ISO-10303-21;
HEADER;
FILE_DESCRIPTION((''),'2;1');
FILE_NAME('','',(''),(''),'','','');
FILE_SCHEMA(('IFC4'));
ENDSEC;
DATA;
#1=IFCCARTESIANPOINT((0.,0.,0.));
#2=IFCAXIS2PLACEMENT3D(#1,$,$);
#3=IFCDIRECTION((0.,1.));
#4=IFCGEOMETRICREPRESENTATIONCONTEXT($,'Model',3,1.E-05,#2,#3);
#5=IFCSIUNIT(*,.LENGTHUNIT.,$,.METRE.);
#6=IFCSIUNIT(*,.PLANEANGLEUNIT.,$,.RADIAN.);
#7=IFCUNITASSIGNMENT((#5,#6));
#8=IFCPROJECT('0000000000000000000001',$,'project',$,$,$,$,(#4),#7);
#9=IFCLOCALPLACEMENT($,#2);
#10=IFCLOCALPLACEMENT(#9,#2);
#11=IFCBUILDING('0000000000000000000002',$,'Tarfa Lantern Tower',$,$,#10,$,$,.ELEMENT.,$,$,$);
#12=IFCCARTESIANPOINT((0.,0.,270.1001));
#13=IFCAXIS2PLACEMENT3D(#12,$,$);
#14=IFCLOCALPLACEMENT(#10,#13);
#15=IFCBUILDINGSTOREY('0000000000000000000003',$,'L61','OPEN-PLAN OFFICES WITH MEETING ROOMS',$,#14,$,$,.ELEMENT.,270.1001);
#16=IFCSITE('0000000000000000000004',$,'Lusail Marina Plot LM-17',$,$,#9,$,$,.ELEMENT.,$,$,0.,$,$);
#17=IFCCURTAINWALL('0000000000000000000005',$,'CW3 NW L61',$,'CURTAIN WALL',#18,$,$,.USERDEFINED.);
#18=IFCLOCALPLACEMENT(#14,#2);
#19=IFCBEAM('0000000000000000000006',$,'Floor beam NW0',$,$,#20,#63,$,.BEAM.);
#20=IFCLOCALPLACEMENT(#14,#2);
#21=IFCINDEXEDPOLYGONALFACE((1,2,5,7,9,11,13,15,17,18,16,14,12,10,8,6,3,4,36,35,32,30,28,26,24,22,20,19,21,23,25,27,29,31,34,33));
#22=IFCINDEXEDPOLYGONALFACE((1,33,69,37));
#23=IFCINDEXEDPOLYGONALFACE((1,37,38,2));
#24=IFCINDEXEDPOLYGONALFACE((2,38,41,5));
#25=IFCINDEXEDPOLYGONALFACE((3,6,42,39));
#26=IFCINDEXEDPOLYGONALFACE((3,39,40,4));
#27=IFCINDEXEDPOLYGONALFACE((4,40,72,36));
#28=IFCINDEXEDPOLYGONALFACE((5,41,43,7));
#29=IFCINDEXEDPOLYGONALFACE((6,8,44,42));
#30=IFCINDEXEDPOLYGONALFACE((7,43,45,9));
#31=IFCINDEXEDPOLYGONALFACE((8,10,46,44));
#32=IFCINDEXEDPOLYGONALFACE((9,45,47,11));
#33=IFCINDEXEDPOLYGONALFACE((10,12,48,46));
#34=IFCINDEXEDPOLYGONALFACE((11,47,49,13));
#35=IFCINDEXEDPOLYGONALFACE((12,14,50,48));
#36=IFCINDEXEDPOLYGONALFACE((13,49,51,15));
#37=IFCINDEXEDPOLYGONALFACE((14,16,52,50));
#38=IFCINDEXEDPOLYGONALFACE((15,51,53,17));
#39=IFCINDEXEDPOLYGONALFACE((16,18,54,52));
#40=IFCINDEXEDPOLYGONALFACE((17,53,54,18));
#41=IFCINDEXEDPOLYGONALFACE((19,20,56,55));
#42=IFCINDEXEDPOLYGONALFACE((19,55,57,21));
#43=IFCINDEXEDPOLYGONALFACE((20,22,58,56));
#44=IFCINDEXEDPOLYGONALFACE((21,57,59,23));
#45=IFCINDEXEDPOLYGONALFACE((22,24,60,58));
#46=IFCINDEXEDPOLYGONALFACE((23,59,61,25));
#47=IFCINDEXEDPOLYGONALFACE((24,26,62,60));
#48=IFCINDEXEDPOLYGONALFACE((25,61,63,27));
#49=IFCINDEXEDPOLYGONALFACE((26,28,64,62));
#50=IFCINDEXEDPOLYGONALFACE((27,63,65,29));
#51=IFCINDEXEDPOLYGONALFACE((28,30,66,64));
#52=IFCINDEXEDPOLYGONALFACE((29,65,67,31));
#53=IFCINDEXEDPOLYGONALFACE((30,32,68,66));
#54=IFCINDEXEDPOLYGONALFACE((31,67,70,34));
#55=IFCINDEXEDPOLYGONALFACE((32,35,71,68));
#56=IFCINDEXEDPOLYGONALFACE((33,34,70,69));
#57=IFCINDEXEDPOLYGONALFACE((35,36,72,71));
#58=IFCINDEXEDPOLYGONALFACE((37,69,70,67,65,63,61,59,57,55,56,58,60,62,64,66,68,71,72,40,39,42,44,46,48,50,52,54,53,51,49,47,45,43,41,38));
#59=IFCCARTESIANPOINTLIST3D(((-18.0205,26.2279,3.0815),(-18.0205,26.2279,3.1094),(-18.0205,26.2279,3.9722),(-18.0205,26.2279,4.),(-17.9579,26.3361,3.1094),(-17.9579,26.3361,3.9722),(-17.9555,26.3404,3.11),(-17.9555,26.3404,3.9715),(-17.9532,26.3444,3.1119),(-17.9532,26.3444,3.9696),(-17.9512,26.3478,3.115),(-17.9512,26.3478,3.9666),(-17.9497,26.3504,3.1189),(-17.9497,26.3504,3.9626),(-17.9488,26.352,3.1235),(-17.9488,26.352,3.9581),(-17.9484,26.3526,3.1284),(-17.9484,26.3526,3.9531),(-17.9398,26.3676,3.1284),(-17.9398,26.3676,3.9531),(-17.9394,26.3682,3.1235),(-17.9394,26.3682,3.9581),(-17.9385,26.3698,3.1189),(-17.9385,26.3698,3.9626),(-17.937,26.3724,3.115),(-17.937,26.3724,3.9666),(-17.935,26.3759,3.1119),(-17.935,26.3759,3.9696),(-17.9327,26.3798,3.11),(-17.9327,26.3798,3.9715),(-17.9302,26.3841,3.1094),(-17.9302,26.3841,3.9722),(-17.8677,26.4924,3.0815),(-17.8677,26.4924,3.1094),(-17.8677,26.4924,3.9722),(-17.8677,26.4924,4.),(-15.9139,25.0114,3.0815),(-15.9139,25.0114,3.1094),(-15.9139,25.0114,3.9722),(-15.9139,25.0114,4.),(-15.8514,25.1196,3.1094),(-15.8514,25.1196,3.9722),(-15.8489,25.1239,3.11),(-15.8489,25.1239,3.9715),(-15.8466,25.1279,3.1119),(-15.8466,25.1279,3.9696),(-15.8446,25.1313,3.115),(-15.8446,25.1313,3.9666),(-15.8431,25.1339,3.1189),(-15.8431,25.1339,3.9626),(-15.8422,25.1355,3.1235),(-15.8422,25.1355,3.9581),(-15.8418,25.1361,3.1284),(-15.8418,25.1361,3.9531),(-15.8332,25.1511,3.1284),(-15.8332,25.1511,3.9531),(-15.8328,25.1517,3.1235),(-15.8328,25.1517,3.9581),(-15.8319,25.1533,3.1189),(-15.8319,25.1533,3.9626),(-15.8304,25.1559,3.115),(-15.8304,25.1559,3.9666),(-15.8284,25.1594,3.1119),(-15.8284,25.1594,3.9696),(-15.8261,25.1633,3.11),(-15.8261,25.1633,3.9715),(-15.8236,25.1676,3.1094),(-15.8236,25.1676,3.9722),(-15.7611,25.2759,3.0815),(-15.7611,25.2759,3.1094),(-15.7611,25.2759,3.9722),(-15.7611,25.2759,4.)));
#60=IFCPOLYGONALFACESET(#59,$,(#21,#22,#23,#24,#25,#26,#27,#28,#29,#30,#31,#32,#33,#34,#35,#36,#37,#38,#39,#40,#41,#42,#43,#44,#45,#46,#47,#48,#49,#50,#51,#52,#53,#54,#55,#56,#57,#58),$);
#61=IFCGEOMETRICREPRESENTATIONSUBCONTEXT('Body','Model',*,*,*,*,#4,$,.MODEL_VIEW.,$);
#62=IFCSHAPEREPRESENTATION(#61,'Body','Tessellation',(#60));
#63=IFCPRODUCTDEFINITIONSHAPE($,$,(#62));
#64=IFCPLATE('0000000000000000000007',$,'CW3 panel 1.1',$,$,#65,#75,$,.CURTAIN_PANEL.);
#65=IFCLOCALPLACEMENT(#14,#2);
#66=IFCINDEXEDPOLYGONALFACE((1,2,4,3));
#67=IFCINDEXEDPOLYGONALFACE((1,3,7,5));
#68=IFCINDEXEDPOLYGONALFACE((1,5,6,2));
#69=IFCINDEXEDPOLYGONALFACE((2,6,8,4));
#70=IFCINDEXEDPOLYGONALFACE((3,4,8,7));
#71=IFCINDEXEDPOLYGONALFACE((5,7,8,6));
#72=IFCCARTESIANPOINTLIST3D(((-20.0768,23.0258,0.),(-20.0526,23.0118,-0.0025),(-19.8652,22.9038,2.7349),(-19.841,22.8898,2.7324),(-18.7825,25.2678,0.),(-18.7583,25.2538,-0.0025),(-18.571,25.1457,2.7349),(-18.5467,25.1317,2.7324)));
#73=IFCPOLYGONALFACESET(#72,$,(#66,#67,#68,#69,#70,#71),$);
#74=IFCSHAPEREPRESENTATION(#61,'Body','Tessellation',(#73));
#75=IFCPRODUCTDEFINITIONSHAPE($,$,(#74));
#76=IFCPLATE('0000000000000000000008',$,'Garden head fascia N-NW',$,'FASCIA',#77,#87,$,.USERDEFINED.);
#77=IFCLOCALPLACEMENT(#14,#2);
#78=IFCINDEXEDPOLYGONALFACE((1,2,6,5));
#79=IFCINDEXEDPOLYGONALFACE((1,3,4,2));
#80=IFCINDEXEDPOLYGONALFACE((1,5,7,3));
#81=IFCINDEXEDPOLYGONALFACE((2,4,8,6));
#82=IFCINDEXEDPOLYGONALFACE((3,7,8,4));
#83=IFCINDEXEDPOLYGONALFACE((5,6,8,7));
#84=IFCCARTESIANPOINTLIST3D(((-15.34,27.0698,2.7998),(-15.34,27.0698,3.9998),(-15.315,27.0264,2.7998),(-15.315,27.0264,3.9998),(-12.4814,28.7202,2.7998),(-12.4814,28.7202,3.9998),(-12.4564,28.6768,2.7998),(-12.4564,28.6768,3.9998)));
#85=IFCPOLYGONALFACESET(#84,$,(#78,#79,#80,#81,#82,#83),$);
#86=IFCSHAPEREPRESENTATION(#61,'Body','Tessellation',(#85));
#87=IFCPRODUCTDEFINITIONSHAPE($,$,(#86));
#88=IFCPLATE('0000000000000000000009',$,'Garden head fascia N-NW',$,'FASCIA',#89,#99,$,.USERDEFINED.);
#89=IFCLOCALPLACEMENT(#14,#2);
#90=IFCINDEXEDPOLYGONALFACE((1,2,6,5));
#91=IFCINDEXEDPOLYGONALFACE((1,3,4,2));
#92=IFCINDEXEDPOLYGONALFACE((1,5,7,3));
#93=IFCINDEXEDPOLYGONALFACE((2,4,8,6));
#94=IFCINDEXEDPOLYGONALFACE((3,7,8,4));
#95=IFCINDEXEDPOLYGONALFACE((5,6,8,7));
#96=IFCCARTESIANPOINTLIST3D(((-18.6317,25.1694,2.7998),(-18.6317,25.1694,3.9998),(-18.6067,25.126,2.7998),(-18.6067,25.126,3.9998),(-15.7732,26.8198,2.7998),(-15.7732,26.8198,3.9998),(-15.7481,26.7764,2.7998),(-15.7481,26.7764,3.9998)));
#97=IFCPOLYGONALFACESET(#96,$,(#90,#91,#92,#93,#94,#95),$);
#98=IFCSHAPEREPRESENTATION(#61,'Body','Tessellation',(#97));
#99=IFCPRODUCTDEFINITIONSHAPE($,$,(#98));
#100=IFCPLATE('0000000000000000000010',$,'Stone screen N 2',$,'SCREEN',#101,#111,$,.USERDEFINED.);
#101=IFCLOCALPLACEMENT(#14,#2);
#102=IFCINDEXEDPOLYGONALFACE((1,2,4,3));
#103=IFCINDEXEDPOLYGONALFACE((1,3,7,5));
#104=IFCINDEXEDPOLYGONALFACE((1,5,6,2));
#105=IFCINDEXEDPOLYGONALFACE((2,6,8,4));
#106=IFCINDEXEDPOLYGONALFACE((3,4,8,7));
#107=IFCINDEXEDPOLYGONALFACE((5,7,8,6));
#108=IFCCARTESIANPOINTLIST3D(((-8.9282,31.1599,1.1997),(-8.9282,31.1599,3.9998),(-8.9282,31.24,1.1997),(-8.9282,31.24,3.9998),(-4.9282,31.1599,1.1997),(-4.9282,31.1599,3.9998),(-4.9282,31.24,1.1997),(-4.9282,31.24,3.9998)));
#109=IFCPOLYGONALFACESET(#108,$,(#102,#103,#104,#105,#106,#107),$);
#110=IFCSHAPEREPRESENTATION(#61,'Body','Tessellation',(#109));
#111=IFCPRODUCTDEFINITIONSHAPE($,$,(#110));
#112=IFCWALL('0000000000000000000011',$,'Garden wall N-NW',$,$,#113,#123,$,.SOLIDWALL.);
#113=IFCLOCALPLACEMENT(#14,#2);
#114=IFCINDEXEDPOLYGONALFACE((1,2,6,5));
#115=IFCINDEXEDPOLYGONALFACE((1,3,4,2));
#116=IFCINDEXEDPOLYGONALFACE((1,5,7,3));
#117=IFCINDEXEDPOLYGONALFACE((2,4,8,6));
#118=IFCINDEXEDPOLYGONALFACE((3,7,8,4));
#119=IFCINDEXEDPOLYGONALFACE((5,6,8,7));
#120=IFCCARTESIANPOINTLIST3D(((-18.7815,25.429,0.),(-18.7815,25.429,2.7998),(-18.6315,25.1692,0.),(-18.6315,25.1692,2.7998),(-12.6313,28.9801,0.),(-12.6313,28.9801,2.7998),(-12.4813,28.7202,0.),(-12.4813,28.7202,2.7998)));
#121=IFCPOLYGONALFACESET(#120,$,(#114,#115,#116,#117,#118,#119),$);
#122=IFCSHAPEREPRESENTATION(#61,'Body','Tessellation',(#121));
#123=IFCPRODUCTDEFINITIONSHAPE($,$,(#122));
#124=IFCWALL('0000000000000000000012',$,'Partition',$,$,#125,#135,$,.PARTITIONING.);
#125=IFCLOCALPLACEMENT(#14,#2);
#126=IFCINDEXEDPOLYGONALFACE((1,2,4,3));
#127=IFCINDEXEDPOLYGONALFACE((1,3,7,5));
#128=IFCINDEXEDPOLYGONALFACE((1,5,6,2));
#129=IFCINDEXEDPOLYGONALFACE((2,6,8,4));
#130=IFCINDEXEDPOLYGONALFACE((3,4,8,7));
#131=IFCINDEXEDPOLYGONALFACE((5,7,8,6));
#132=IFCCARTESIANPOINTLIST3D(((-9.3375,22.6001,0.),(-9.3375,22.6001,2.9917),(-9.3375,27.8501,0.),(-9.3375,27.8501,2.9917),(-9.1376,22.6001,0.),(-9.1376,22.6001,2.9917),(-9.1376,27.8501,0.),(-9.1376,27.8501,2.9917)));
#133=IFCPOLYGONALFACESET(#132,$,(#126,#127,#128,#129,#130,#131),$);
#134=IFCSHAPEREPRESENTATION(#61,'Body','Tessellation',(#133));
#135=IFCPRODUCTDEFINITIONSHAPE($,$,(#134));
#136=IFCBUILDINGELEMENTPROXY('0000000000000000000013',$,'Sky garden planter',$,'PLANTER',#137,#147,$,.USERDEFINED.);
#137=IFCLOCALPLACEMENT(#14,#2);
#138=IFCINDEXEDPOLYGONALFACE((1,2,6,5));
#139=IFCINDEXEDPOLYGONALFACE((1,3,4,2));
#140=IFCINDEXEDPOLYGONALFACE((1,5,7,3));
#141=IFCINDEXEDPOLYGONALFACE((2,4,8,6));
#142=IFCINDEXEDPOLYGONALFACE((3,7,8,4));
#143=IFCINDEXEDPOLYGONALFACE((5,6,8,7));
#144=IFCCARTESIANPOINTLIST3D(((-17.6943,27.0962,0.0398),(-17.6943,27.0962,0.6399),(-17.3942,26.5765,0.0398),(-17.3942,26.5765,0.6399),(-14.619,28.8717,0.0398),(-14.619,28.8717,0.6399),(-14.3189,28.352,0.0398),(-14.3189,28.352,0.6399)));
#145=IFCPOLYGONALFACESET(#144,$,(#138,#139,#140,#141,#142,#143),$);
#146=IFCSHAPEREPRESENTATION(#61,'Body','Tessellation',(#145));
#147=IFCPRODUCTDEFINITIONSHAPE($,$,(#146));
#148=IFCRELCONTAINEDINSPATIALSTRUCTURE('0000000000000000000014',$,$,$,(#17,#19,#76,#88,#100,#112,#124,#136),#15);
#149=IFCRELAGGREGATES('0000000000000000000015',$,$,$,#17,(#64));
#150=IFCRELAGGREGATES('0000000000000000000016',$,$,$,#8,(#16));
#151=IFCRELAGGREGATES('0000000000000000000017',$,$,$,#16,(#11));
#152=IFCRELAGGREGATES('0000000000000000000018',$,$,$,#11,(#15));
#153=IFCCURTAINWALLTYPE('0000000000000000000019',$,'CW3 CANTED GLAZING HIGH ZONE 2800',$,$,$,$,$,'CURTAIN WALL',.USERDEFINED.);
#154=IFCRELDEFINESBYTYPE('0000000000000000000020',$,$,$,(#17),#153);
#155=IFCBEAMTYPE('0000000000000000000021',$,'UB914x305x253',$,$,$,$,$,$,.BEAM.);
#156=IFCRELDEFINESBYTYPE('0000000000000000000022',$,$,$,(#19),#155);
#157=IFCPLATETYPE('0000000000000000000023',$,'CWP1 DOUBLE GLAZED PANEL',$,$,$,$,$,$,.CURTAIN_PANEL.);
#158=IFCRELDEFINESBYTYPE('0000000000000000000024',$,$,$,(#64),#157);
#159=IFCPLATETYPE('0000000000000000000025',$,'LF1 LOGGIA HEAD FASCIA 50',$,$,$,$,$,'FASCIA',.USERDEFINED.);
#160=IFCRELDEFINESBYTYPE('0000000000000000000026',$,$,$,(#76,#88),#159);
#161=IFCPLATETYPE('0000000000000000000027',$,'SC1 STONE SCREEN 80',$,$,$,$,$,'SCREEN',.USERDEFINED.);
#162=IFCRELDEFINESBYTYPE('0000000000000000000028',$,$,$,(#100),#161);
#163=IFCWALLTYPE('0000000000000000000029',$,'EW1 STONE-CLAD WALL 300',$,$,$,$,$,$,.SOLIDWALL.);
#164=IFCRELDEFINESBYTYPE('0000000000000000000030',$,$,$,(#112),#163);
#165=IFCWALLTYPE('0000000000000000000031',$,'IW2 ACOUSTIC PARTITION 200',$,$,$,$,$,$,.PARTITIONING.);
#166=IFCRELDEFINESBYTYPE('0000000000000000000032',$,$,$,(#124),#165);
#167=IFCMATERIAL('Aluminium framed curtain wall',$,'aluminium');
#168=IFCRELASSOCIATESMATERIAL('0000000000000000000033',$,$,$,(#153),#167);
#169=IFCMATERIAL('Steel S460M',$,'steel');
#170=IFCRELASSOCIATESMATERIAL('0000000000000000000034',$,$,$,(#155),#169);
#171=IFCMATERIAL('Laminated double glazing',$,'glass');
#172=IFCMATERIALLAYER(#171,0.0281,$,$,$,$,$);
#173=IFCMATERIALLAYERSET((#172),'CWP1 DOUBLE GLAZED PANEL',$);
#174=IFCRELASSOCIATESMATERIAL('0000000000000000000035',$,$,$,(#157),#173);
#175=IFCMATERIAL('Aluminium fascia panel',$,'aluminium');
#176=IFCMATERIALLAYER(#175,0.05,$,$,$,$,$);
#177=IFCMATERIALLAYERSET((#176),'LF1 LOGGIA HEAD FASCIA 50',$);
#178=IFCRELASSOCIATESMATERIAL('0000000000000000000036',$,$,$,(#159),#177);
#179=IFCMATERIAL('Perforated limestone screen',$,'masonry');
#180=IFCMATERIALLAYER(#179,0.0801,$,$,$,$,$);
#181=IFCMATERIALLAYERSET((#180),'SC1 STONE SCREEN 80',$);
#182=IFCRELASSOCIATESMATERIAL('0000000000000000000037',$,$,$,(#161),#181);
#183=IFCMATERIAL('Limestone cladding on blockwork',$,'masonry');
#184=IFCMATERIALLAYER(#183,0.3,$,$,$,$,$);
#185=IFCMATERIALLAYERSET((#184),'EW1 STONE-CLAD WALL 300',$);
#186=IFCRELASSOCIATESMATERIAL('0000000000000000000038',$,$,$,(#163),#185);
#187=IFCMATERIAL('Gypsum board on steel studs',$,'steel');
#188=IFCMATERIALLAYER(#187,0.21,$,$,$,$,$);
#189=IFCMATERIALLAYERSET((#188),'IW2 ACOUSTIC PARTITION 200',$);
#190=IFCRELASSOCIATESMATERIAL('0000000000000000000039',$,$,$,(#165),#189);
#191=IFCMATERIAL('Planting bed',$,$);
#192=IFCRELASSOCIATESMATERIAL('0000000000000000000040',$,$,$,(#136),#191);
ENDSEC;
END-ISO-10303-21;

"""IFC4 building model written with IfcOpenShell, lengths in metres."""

from ifc_helpers import new_model, si_unit, direction, frame, frame_2d, origin, origin_2d, place, context, subcontext, project, spatial, polyline, rectangle, i_section, outline, extrude, material, layer, layer_set, material_profile, profile_set, type_object, element, aggregate, save


model = new_model("IFC4")

# Units and contexts
model_context = context("Model", 3, precision=1e-05, world=origin(), true_north=direction((0.0, 1.0)))
body_context = subcontext(model_context, "Body", "Model", "MODEL_VIEW")
ifc_project = project(units=[si_unit("LENGTHUNIT", "METRE"), si_unit("PLANEANGLEUNIT", "RADIAN")], contexts=[model_context])

# Site, building, storey
site_placement = place(None, origin())
site = spatial("IfcSite", under=ifc_project, at=site_placement, Name="Lusail Marina Plot LM-17", CompositionType="ELEMENT", RefElevation=0.0)
building_placement = place(site_placement, origin())
building = spatial("IfcBuilding", under=site, at=building_placement, Name="Tarfa Lantern Tower", CompositionType="ELEMENT")
storey_placement = place(building_placement, frame((0.0, 0.0, 270.1001)))
storey = spatial("IfcBuildingStorey", under=building, at=storey_placement, Name="L61", Description="OPEN-PLAN OFFICES WITH MEETING ROOMS", CompositionType="ELEMENT", Elevation=270.1001)

# Curtain wall
ifc_material_1 = material(Name="Aluminium framed curtain wall", Category="aluminium")
curtain_wall_type = type_object("IfcCurtainWallType", Name="CW3 CANTED GLAZING HIGH ZONE 2800", ElementType="CURTAIN WALL", PredefinedType="USERDEFINED", material=ifc_material_1)
curtain_wall_placement = place(storey_placement, origin())
curtain_wall = element("IfcCurtainWall", 1, at=curtain_wall_placement, inside=storey, type_object=curtain_wall_type, Name="CW3 NW L61", ObjectType="CURTAIN WALL", PredefinedType="USERDEFINED")

# Beam
ifc_material_2 = material(Name="Steel S460M", Category="steel")
ifc_material_profile_1 = material_profile(ifc_material_2, i_section(OverallWidth=0.3054, OverallDepth=0.9185, WebThickness=0.0173, FlangeThickness=0.0278, FilletRadius=0.019, at=origin_2d()), Name="UB914x305x253")
ifc_profile_set_1 = profile_set([ifc_material_profile_1], Name="Steel S460M")
beam_type_1 = type_object("IfcBeamType", Name="UB914x305x253", PredefinedType="BEAM", material=ifc_profile_set_1)
beam_1_placement = place(storey_placement, frame((-17.9441, 26.3601, 3.5408), z_axis=(0.86598, -0.500079, 0.0), x_axis=(0.500079, 0.86598, 0.0)))
element("IfcBeam", 2, at=beam_1_placement, inside=storey, type_object=beam_type_1, Name="Floor beam NW0", PredefinedType="BEAM", context=body_context, shape_type="SweptSolid", body=[
    extrude(i_section(OverallWidth=0.3054, OverallDepth=0.9185, WebThickness=0.0173, FlangeThickness=0.0278, FilletRadius=0.019, at=origin_2d()), origin(), (0.0, 0.0, 1.0), 2.4326),
])

# Plate
ifc_material_3 = material(Name="Laminated double glazing", Category="glass")
ifc_layer_1 = layer(ifc_material_3, 0.0281)
ifc_layer_set_1 = layer_set([ifc_layer_1], Name="CWP1 DOUBLE GLAZED PANEL")
plate_type_1 = type_object("IfcPlateType", Name="CWP1 DOUBLE GLAZED PANEL", PredefinedType="CURTAIN_PANEL", material=ifc_layer_set_1)
plate_1_placement = place(storey_placement, frame((-18.7825, 25.2678, 0.0), z_axis=(-0.862605, 0.497996, 0.088952), x_axis=(-0.499979, -0.866038, -0.000004)))
plate_1 = element("IfcPlate", 3, at=plate_1_placement, type_object=plate_type_1, Name="CW3 panel 1.1", PredefinedType="CURTAIN_PANEL", context=body_context, shape_type="SweptSolid", body=[
    extrude(outline(polyline([(0.0, 0.0), (2.5888, 0.0), (2.5887, 2.7458), (0.0, 2.7457), (0.0, 0.0)])), origin(), (0.0, 0.0, -1.0), 0.0281),
])
aggregate(curtain_wall, [plate_1])

# Plates
ifc_material_4 = material(Name="Aluminium fascia panel", Category="aluminium")
ifc_layer_2 = layer(ifc_material_4, 0.05)
ifc_layer_set_2 = layer_set([ifc_layer_2], Name="LF1 LOGGIA HEAD FASCIA 50")
plate_type_2 = type_object("IfcPlateType", Name="LF1 LOGGIA HEAD FASCIA 50", ElementType="FASCIA", PredefinedType="USERDEFINED", material=ifc_layer_set_2)
for number, where, z_axis, x_axis, name in (
    (4, (-13.8982, 27.8733, 2.7998), (0.0, 0.0, 1.0), (-0.866025, -0.5, 0.0), "Garden head fascia N-NW"),
    (5, (-17.1899, 25.9729, 2.7998), (0.0, 0.0, 1.0), (-0.866025, -0.5, 0.0), "Garden head fascia N-NW"),
):
    element("IfcPlate", number, at=place(storey_placement, frame(where, z_axis=z_axis, x_axis=x_axis)), inside=storey, type_object=plate_type_2, Name=name, ObjectType="FASCIA", PredefinedType="USERDEFINED", context=body_context, shape_type="SweptSolid", body=[
        extrude(rectangle(XDim=3.3008, YDim=0.05, at=origin_2d()), origin(), (0.0, 0.0, 1.0), 1.2),
    ])
ifc_material_5 = material(Name="Perforated limestone screen", Category="masonry")
ifc_layer_3 = layer(ifc_material_5, 0.0801)
ifc_layer_set_3 = layer_set([ifc_layer_3], Name="SC1 STONE SCREEN 80")
plate_type_3 = type_object("IfcPlateType", Name="SC1 STONE SCREEN 80", ElementType="SCREEN", PredefinedType="USERDEFINED", material=ifc_layer_set_3)
plate_2_placement = place(storey_placement, frame((-6.9282, 31.2, 1.1997), z_axis=(0.0, 0.0, 1.0), x_axis=(-1.0, 0.0, 0.0)))
element("IfcPlate", 6, at=plate_2_placement, inside=storey, type_object=plate_type_3, Name="Stone screen N 2", ObjectType="SCREEN", PredefinedType="USERDEFINED", context=body_context, shape_type="SweptSolid", body=[
    extrude(rectangle(XDim=4.0, YDim=0.0801, at=origin_2d()), origin(), (0.0, 0.0, 1.0), 2.8),
])

# Walls
ifc_material_6 = material(Name="Limestone cladding on blockwork", Category="masonry")
ifc_layer_4 = layer(ifc_material_6, 0.3)
ifc_layer_set_4 = layer_set([ifc_layer_4], Name="EW1 STONE-CLAD WALL 300")
wall_type_1 = type_object("IfcWallType", Name="EW1 STONE-CLAD WALL 300", PredefinedType="SOLIDWALL", material=ifc_layer_set_4)
wall_1_placement = place(storey_placement, frame((-12.5564, 28.8501, 0.0), z_axis=(0.0, 0.0, 1.0), x_axis=(-0.866011, -0.500025, 0.0)))
element("IfcWall", 7, at=wall_1_placement, inside=storey, type_object=wall_type_1, Name="Garden wall N-NW", PredefinedType="SOLIDWALL", context=body_context, shape_type="SweptSolid", body=[
    extrude(rectangle(XDim=7.1018, YDim=0.3, at=frame_2d((3.5508, 0.0))), origin(), (0.0, 0.0, 1.0), 2.7998),
])
ifc_material_7 = material(Name="Gypsum board on steel studs", Category="steel")
ifc_layer_5 = layer(ifc_material_7, 0.21)
ifc_layer_set_5 = layer_set([ifc_layer_5], Name="IW2 ACOUSTIC PARTITION 200")
wall_type_2 = type_object("IfcWallType", Name="IW2 ACOUSTIC PARTITION 200", PredefinedType="PARTITIONING", material=ifc_layer_set_5)
wall_2_placement = place(storey_placement, frame((-9.2375, 22.6001, 0.0), z_axis=(0.0, 0.0, 1.0), x_axis=(0.0, 1.0, 0.0)))
element("IfcWall", 8, at=wall_2_placement, inside=storey, type_object=wall_type_2, Name="Partition", PredefinedType="PARTITIONING", context=body_context, shape_type="SweptSolid", body=[
    extrude(rectangle(XDim=5.25, YDim=0.2, at=frame_2d((2.625, 0.0))), origin(), (0.0, 0.0, 1.0), 2.9917),
])

# Building element proxy
ifc_material_8 = material(Name="Planting bed")
proxy_placement = place(storey_placement, frame((-16.0066, 27.7241, 0.0398), z_axis=(0.0, 0.0, 1.0), x_axis=(-0.866025, -0.5, 0.0)))
element("IfcBuildingElementProxy", 9, at=proxy_placement, inside=storey, material=ifc_material_8, Name="Sky garden planter", ObjectType="PLANTER", PredefinedType="USERDEFINED", context=body_context, shape_type="SweptSolid", body=[
    extrude(rectangle(XDim=3.551, YDim=0.6001, at=origin_2d()), origin(), (0.0, 0.0, 1.0), 0.6001),
])

save(model, "model.ifc")
